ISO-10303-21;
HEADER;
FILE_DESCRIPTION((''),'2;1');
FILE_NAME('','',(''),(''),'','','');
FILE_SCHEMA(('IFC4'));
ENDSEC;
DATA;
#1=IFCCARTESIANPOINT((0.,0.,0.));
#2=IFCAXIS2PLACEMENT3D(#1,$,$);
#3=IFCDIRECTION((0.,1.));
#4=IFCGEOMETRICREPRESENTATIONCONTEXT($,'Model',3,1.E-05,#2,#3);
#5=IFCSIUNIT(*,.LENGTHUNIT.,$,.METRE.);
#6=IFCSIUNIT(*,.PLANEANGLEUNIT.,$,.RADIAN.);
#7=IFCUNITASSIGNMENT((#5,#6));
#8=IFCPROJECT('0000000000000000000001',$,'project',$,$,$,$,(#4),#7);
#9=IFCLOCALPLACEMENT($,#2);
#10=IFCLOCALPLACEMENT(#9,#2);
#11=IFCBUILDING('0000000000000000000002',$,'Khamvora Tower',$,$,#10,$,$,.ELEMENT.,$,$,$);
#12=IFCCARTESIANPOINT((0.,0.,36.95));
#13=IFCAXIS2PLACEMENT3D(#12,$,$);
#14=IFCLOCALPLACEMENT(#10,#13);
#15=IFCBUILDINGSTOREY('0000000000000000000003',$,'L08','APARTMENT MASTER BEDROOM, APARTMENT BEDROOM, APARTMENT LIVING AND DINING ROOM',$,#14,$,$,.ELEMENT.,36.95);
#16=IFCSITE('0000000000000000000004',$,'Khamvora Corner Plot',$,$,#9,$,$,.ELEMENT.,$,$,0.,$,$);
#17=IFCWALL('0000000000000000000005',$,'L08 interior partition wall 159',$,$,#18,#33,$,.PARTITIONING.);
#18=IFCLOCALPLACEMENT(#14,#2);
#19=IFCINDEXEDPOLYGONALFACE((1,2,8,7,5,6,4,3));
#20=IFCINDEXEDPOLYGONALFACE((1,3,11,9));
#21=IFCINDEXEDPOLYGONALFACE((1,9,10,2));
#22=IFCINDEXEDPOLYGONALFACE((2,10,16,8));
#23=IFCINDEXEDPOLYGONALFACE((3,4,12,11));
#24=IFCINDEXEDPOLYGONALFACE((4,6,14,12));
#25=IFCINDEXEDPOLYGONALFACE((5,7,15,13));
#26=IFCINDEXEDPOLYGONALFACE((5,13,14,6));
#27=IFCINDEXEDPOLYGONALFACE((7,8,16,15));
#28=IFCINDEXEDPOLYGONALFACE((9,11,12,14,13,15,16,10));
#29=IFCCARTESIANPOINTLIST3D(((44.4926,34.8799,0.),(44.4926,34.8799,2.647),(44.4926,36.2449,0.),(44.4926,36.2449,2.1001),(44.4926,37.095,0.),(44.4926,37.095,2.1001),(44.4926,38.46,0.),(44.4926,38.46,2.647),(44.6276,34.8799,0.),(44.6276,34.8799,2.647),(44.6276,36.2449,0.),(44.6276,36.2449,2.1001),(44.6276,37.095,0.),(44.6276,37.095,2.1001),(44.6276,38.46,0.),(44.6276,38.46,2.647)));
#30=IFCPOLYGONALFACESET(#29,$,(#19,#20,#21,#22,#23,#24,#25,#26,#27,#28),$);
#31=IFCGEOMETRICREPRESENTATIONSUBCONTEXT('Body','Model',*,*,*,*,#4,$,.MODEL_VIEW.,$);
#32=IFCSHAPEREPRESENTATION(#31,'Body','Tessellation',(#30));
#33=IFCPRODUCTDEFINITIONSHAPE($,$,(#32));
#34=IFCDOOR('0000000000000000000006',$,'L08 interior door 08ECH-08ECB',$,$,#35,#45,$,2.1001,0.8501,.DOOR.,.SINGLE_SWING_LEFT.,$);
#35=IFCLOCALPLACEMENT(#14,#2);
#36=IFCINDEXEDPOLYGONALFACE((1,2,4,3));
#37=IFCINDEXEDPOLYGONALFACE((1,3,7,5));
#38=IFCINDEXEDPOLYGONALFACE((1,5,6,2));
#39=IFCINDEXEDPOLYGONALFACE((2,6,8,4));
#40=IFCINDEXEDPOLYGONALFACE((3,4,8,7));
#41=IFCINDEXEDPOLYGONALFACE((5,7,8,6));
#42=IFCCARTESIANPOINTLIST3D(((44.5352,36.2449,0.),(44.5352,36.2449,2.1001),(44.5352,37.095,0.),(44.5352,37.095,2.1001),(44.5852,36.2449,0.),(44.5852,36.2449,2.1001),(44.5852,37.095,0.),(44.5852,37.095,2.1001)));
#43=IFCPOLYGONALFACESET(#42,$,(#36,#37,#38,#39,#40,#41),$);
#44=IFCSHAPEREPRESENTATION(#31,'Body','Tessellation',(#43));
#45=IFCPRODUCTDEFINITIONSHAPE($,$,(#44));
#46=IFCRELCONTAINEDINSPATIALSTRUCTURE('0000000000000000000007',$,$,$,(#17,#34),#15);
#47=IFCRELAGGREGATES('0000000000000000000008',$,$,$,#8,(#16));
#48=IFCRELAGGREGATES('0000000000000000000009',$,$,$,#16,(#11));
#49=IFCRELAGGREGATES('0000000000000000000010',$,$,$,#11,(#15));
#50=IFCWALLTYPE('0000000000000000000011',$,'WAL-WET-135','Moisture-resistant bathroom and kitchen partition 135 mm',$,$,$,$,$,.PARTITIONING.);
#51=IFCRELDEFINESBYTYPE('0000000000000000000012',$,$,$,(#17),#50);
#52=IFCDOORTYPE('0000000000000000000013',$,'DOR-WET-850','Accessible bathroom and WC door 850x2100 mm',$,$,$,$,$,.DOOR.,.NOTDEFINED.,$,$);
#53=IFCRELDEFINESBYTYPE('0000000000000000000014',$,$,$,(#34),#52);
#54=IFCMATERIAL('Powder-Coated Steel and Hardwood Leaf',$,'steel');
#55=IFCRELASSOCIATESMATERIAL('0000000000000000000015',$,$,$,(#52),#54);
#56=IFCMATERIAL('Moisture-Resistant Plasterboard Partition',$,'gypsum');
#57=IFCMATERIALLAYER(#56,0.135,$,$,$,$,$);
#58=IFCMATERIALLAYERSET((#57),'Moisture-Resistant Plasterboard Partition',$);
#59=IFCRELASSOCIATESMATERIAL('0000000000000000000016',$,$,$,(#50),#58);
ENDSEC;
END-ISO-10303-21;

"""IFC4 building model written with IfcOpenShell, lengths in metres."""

from ifc_helpers import new_model, si_unit, direction, frame, frame_2d, origin, place, context, subcontext, project, spatial, rectangle, extrude, material, layer, layer_set, type_object, element, fill, save


model = new_model("IFC4")

# Units and contexts
model_context = context("Model", 3, precision=1e-05, world=origin(), true_north=direction((0.0, 1.0)))
body_context = subcontext(model_context, "Body", "Model", "MODEL_VIEW")
ifc_project = project(units=[si_unit("LENGTHUNIT", "METRE"), si_unit("PLANEANGLEUNIT", "RADIAN")], contexts=[model_context])

# Site, building, storey
site_placement = place(None, origin())
site = spatial("IfcSite", under=ifc_project, at=site_placement, Name="Khamvora Corner Plot", CompositionType="ELEMENT", RefElevation=0.0)
building_placement = place(site_placement, origin())
building = spatial("IfcBuilding", under=site, at=building_placement, Name="Khamvora Tower", CompositionType="ELEMENT")
storey_placement = place(building_placement, frame((0.0, 0.0, 36.95)))
storey = spatial("IfcBuildingStorey", under=building, at=storey_placement, Name="L08", Description="APARTMENT MASTER BEDROOM, APARTMENT BEDROOM, APARTMENT LIVING AND DINING ROOM", CompositionType="ELEMENT", Elevation=36.95)

# Shared definitions
ifc_material_1 = material(Name="Powder-Coated Steel and Hardwood Leaf", Category="steel")
door_type_1 = type_object("IfcDoorType", Name="DOR-WET-850", Description="Accessible bathroom and WC door 850x2100 mm", OperationType="NOTDEFINED", PredefinedType="DOOR", material=ifc_material_1)

# Wall, opening, door
ifc_material_2 = material(Name="Moisture-Resistant Plasterboard Partition", Category="gypsum")
ifc_layer_1 = layer(ifc_material_2, 0.135)
ifc_layer_set_1 = layer_set([ifc_layer_1], Name="Moisture-Resistant Plasterboard Partition")
wall_type_1 = type_object("IfcWallType", Name="WAL-WET-135", Description="Moisture-resistant bathroom and kitchen partition 135 mm", PredefinedType="PARTITIONING", material=ifc_layer_set_1)
wall_1_placement = place(storey_placement, frame((44.5601, 34.8799, 0.0), z_axis=(0.0, 0.0, 1.0), x_axis=(0.0, 1.0, 0.0)))
wall_1 = element("IfcWall", 1, at=wall_1_placement, inside=storey, type_object=wall_type_1, Name="L08 interior partition wall 159", PredefinedType="PARTITIONING", context=body_context, shape_type="SweptSolid", body=[
    extrude(rectangle(XDim=3.5801, YDim=0.135, at=frame_2d((1.79, 0.0))), origin(), (0.0, 0.0, 1.0), 2.647),
])
opening_1_placement = place(wall_1_placement, frame((1.365, 0.0, 0.0)))
opening_1 = element("IfcOpeningElement", 2, at=opening_1_placement, cuts=wall_1, PredefinedType="OPENING", context=body_context, shape_type="SweptSolid", body=[
    extrude(rectangle(XDim=0.8501, YDim=2.1001, at=frame_2d((0.425, 1.05))), frame((0.0, 0.0774, 0.0), z_axis=(0.0, -1.0, 0.0), x_axis=(1.0, 0.0, 0.0)), (0.0, 0.0, 1.0), 0.155),
])
door_1_placement = place(opening_1_placement, origin())
door_1 = element("IfcDoor", 3, at=door_1_placement, inside=storey, type_object=door_type_1, Name="L08 interior door 08ECH-08ECB", OperationType="SINGLE_SWING_LEFT", OverallHeight=2.1001, OverallWidth=0.8501, PredefinedType="DOOR", context=body_context, shape_type="SweptSolid", body=[
    extrude(rectangle(XDim=0.8501, YDim=2.1001, at=frame_2d((0.425, 1.05))), frame((0.0, 0.0249, 0.0), z_axis=(0.0, -1.0, 0.0), x_axis=(1.0, 0.0, 0.0)), (0.0, 0.0, 1.0), 0.05),
])
fill(opening_1, door_1)

save(model, "model.ifc")
